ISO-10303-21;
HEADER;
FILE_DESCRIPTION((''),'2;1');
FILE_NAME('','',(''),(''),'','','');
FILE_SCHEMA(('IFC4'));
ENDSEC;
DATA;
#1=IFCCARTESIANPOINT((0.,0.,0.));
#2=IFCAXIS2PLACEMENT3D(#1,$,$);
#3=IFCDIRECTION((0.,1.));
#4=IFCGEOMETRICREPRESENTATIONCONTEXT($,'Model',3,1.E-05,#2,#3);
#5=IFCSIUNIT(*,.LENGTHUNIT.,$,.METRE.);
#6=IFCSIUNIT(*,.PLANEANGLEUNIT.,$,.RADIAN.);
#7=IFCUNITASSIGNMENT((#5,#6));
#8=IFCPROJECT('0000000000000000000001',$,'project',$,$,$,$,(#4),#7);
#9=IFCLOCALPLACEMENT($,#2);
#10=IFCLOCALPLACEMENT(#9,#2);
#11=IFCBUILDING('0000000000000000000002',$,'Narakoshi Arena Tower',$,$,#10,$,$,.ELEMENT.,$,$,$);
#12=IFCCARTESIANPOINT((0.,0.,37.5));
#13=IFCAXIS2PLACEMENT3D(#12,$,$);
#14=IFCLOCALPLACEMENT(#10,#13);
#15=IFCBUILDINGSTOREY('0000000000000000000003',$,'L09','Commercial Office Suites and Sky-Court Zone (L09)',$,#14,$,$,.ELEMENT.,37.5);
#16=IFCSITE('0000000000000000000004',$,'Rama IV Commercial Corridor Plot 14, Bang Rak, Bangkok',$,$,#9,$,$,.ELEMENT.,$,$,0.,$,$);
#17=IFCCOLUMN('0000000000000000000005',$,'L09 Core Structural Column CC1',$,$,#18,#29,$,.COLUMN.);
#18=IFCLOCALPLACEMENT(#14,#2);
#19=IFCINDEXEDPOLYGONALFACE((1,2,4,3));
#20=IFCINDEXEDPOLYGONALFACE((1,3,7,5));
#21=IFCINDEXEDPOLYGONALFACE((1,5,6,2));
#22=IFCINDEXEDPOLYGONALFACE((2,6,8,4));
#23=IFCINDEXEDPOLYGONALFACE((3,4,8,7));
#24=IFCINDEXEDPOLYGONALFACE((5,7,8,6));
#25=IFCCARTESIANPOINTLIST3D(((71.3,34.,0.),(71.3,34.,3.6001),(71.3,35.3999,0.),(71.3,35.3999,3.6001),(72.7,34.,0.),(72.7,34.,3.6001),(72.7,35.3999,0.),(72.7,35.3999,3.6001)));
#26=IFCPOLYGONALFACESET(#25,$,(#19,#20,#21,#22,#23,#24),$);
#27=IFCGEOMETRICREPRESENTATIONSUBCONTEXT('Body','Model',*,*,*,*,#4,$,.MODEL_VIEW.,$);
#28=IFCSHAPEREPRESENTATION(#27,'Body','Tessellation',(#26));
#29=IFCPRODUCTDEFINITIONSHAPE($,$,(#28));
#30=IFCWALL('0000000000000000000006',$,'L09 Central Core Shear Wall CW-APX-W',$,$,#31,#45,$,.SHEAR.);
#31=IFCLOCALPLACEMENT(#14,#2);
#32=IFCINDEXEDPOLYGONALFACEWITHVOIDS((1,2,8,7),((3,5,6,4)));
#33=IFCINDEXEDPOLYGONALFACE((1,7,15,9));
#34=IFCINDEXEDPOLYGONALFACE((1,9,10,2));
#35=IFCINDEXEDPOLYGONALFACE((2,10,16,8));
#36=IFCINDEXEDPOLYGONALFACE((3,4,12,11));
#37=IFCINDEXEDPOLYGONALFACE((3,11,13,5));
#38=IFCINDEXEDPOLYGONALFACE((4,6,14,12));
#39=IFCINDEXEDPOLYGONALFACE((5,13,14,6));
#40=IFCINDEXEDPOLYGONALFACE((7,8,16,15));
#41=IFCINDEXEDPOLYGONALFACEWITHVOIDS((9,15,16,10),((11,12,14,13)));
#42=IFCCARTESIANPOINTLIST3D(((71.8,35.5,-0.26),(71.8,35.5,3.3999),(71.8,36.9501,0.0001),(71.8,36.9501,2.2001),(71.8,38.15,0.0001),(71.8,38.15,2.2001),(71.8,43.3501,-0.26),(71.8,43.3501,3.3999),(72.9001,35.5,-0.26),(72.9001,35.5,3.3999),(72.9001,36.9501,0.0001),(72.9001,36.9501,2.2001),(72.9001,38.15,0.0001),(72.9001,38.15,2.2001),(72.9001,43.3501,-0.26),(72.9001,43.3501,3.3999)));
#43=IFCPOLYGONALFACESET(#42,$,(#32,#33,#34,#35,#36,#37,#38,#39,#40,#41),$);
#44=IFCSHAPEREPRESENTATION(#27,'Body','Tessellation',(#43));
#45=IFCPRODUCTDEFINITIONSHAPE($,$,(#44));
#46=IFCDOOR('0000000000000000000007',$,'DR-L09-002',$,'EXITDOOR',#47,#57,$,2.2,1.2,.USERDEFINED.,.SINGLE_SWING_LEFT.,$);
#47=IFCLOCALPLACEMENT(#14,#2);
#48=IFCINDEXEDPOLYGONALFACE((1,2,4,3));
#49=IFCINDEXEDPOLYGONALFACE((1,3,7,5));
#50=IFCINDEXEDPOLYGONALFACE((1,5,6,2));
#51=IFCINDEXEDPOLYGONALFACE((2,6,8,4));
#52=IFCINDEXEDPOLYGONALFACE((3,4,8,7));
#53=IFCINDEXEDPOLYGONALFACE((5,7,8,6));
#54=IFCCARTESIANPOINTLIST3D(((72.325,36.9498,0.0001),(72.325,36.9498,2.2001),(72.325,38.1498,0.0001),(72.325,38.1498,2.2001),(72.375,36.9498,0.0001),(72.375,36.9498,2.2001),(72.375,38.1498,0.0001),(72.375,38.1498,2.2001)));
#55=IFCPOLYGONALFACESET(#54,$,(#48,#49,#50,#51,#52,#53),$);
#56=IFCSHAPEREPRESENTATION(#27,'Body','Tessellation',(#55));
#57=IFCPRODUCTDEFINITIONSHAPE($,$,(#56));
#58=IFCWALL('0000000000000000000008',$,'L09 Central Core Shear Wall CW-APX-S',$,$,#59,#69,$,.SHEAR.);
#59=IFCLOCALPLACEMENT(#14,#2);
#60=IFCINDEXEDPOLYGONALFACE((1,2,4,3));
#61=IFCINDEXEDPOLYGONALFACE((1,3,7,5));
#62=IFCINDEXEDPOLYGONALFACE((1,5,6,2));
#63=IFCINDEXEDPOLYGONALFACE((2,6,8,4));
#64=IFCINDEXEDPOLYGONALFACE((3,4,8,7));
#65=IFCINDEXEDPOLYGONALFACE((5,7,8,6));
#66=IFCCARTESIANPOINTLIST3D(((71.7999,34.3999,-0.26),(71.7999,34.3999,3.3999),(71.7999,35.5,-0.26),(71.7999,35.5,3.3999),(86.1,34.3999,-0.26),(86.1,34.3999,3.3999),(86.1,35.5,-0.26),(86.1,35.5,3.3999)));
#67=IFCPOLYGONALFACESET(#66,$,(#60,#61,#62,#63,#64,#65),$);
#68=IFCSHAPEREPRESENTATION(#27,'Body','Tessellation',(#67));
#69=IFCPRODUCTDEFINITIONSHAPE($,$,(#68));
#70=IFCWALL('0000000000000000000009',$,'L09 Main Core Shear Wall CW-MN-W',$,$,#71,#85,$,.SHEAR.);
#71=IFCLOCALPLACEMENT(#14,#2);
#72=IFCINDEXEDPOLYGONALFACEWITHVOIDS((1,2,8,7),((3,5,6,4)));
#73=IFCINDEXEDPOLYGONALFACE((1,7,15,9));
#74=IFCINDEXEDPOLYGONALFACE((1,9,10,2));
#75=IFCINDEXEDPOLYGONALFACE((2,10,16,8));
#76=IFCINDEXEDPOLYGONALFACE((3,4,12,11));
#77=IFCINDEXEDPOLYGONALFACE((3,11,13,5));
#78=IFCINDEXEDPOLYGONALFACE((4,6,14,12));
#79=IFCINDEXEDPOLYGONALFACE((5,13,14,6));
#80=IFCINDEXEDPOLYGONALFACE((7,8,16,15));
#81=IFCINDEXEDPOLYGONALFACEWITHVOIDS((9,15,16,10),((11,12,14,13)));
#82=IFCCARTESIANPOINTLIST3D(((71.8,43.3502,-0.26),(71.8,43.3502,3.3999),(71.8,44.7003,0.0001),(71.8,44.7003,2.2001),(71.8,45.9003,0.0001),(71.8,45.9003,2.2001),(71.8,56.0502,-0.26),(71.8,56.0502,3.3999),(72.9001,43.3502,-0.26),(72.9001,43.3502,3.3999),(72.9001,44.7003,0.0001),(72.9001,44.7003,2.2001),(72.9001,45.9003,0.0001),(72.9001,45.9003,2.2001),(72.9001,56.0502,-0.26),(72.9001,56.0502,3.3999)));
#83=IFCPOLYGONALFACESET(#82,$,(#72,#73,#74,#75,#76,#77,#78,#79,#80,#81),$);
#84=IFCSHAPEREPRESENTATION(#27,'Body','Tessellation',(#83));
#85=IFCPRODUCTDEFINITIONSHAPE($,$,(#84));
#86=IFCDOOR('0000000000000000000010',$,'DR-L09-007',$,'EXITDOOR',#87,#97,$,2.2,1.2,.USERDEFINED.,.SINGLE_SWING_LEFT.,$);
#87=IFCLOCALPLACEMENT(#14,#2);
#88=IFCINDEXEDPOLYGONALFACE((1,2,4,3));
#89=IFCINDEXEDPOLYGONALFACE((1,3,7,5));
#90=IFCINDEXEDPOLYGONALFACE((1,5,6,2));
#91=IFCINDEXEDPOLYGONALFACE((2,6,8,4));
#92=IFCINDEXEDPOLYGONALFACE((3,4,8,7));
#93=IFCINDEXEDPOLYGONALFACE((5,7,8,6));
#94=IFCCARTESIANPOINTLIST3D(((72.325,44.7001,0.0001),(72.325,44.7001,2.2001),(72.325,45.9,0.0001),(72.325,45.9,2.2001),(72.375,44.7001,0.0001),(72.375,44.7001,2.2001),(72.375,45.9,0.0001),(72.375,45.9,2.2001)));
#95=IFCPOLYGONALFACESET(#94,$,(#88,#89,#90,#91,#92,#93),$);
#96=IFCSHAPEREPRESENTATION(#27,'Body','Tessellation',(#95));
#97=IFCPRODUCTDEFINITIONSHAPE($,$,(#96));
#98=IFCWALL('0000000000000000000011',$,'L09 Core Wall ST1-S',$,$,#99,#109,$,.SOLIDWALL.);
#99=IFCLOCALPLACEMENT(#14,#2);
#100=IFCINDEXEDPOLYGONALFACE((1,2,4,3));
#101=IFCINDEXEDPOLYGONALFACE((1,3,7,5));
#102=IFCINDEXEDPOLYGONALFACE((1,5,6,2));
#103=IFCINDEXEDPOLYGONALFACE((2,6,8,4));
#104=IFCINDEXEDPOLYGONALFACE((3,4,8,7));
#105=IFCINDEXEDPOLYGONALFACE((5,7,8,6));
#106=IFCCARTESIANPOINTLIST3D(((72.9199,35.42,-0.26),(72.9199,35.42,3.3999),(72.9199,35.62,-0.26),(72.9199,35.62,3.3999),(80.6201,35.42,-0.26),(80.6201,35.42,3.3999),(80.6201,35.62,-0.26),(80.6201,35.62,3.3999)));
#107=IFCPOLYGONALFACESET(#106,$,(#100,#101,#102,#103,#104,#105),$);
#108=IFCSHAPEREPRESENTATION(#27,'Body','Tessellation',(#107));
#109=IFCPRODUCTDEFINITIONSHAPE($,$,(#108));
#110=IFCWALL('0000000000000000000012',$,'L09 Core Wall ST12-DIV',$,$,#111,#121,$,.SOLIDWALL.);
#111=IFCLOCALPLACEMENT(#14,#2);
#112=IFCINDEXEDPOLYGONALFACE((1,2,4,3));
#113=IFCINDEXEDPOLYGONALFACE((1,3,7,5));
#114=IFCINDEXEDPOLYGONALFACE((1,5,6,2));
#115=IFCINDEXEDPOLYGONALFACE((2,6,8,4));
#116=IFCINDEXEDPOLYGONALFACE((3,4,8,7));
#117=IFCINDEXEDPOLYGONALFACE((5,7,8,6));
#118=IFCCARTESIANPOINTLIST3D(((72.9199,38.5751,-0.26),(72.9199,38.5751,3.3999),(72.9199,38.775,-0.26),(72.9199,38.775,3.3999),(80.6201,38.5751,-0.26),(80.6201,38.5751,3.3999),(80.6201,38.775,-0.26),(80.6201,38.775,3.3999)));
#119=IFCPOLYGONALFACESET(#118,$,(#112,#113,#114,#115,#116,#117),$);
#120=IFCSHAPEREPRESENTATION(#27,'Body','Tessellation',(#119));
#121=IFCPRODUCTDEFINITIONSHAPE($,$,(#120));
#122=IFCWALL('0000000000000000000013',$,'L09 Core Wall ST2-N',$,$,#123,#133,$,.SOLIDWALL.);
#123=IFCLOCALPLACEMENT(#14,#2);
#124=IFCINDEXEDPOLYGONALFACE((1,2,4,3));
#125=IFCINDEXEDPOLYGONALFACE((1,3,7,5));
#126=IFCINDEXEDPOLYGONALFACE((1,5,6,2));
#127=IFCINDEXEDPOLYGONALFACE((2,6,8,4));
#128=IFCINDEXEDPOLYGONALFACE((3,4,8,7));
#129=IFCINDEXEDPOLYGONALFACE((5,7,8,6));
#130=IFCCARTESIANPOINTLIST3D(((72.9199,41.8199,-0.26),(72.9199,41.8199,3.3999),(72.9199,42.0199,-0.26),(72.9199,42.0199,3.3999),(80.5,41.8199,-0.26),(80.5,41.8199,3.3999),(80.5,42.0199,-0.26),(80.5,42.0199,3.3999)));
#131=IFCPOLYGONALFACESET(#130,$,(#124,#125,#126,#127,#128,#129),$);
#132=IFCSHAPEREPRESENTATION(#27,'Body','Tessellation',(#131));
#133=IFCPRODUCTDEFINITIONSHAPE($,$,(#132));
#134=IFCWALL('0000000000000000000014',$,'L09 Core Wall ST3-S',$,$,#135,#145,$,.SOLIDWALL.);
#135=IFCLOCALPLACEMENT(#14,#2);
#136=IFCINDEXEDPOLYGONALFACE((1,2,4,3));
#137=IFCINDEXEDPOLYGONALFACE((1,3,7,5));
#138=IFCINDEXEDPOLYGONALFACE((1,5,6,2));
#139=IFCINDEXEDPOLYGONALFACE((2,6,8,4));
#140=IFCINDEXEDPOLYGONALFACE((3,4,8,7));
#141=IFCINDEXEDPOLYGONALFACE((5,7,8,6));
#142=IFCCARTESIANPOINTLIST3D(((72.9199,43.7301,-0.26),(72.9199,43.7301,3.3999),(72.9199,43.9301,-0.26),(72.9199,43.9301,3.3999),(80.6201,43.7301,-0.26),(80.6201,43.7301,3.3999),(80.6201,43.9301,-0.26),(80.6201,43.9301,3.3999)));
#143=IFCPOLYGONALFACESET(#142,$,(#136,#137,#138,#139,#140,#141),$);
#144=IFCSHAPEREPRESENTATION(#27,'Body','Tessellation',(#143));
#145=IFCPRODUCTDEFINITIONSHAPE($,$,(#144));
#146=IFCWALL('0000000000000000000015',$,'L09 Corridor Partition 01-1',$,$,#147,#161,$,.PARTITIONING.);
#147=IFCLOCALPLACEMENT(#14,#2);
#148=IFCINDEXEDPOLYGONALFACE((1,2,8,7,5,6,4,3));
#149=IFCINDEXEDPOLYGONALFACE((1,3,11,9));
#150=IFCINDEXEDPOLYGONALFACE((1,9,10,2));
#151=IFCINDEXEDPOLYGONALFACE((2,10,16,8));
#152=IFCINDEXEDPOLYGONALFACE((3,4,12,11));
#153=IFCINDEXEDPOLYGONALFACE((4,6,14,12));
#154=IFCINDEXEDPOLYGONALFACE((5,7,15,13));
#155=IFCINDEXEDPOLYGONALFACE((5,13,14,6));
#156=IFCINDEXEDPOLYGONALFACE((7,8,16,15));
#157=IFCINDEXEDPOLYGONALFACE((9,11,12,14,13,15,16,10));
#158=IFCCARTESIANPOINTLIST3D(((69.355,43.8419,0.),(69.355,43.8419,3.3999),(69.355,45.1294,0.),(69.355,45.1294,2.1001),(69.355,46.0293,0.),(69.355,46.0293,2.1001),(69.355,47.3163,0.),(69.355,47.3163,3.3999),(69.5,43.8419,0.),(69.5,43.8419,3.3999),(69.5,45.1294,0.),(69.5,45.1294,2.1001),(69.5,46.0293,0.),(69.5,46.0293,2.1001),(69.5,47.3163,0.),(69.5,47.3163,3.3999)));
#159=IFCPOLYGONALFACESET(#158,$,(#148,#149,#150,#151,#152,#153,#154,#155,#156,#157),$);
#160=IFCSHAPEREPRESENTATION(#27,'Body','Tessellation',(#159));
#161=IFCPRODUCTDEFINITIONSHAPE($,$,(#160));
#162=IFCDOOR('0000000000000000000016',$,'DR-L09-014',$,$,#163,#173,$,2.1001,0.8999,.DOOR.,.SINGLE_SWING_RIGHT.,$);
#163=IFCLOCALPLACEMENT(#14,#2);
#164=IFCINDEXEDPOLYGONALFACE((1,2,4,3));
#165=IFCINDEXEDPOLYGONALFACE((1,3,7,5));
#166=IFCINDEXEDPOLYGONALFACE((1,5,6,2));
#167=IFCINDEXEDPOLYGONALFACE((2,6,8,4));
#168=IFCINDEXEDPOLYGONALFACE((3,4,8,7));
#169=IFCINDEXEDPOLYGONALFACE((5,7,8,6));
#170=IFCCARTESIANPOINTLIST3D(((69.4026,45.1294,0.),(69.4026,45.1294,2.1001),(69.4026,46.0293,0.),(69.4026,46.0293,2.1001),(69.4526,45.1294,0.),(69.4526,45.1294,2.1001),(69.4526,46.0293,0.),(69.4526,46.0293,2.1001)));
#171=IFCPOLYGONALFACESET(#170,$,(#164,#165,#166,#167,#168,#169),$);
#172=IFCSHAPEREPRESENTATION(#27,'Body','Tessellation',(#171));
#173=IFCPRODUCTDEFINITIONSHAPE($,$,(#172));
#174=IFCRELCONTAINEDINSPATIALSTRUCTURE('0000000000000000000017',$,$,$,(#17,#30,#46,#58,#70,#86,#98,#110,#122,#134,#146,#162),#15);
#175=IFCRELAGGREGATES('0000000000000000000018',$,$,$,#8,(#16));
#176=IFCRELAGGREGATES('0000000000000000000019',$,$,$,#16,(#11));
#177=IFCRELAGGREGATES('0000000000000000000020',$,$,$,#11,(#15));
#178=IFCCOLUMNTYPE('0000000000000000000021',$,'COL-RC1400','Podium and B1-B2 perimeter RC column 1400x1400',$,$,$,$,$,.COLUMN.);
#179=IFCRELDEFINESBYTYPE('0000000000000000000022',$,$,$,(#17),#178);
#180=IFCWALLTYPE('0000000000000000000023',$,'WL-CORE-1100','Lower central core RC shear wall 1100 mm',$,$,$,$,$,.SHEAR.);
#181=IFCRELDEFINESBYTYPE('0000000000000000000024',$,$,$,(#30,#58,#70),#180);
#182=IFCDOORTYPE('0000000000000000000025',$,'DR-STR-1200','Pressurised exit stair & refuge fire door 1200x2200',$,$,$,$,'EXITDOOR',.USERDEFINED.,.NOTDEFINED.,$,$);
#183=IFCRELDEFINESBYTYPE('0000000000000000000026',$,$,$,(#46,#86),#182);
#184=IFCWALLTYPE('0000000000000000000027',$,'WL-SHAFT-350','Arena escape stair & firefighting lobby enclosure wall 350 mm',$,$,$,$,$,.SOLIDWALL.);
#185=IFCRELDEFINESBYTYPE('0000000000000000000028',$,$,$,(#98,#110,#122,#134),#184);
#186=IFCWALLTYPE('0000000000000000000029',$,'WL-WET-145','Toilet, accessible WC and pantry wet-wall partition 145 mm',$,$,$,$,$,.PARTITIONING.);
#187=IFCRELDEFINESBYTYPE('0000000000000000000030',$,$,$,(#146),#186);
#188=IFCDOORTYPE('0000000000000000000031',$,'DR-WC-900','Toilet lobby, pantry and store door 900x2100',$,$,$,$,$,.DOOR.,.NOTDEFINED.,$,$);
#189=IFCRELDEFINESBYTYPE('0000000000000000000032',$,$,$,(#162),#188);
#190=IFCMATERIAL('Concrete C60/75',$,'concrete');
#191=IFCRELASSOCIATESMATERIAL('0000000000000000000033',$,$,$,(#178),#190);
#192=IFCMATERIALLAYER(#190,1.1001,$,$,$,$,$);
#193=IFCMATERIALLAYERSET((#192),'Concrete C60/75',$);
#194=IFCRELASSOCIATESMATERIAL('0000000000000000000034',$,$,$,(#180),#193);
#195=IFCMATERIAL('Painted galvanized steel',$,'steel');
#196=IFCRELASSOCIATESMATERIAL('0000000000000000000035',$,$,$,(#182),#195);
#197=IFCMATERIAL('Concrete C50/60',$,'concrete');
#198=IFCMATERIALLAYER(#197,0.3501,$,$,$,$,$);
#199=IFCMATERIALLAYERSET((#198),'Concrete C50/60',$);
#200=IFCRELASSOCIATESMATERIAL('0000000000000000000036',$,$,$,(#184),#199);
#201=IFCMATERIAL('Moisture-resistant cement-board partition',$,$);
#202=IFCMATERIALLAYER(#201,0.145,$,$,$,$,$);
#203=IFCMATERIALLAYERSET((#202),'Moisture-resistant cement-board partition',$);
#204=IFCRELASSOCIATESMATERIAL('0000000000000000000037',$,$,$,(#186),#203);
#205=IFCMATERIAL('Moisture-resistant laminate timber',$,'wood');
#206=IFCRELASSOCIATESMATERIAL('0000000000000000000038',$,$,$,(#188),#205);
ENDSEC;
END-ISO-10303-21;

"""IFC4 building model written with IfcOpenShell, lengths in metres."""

from ifc_helpers import new_model, si_unit, direction, frame, frame_2d, origin, origin_2d, place, context, subcontext, project, spatial, rectangle, extrude, material, layer, layer_set, material_profile, profile_set, type_object, element, fill, save


model = new_model("IFC4")

# Units and contexts
model_context = context("Model", 3, precision=1e-05, world=origin(), true_north=direction((0.0, 1.0)))
body_context = subcontext(model_context, "Body", "Model", "MODEL_VIEW")
ifc_project = project(units=[si_unit("LENGTHUNIT", "METRE"), si_unit("PLANEANGLEUNIT", "RADIAN")], contexts=[model_context])

# Site, building, storey
site_placement = place(None, origin())
site = spatial("IfcSite", under=ifc_project, at=site_placement, Name="Rama IV Commercial Corridor Plot 14, Bang Rak, Bangkok", CompositionType="ELEMENT", RefElevation=0.0)
building_placement = place(site_placement, origin())
building = spatial("IfcBuilding", under=site, at=building_placement, Name="Narakoshi Arena Tower", CompositionType="ELEMENT")
storey_placement = place(building_placement, frame((0.0, 0.0, 37.5)))
storey = spatial("IfcBuildingStorey", under=building, at=storey_placement, Name="L09", Description="Commercial Office Suites and Sky-Court Zone (L09)", CompositionType="ELEMENT", Elevation=37.5)

# Column
ifc_material_1 = material(Name="Concrete C60/75", Category="concrete")
ifc_material_profile = material_profile(ifc_material_1, rectangle(XDim=1.3999, YDim=1.3999, at=origin_2d()), Name="RC1400x1400")
ifc_profile_set = profile_set([ifc_material_profile], Name="Concrete C60/75")
column_type = type_object("IfcColumnType", Name="COL-RC1400", Description="Podium and B1-B2 perimeter RC column 1400x1400", PredefinedType="COLUMN", material=ifc_profile_set)
column_placement = place(storey_placement, frame((72.0, 34.7, 0.0), z_axis=(0.0, 0.0, 1.0), x_axis=(1.0, 0.0, 0.0)))
element("IfcColumn", 1, at=column_placement, inside=storey, type_object=column_type, Name="L09 Core Structural Column CC1", PredefinedType="COLUMN", context=body_context, shape_type="SweptSolid", body=[
    extrude(rectangle(XDim=1.3999, YDim=1.3999, at=origin_2d()), origin(), (0.0, 0.0, 1.0), 3.6001),
])

# Wall, opening, door
ifc_layer_1 = layer(ifc_material_1, 1.1001)
ifc_layer_set_1 = layer_set([ifc_layer_1], Name="Concrete C60/75")
wall_type_1 = type_object("IfcWallType", Name="WL-CORE-1100", Description="Lower central core RC shear wall 1100 mm", PredefinedType="SHEAR", material=ifc_layer_set_1)
wall_1_placement = place(storey_placement, frame((72.3501, 35.5, -0.26), z_axis=(0.0, 0.0, 1.0), x_axis=(0.0, 1.0, 0.0)))
wall_1 = element("IfcWall", 2, at=wall_1_placement, inside=storey, type_object=wall_type_1, Name="L09 Central Core Shear Wall CW-APX-W", PredefinedType="SHEAR", context=body_context, shape_type="SweptSolid", body=[
    extrude(rectangle(XDim=7.8501, YDim=1.1001, at=frame_2d((3.925, 0.0))), origin(), (0.0, 0.0, 1.0), 3.6599),
])
opening_1_placement = place(wall_1_placement, frame((1.45, 0.0, 0.26)))
opening_1 = element("IfcOpeningElement", 3, at=opening_1_placement, cuts=wall_1, PredefinedType="OPENING", context=body_context, shape_type="SweptSolid", body=[
    extrude(rectangle(XDim=1.2, YDim=2.2, at=frame_2d((0.6001, 1.1001))), frame((0.0, 0.5601, 0.0), z_axis=(0.0, -1.0, 0.0), x_axis=(1.0, 0.0, 0.0)), (0.0, 0.0, 1.0), 1.1201),
])
ifc_material_2 = material(Name="Painted galvanized steel", Category="steel")
door_type_1 = type_object("IfcDoorType", Name="DR-STR-1200", Description="Pressurised exit stair & refuge fire door 1200x2200", ElementType="EXITDOOR", OperationType="NOTDEFINED", PredefinedType="USERDEFINED", material=ifc_material_2)
door_1_placement = place(opening_1_placement, frame((1.2, 0.0, 0.0), z_axis=(0.0, 0.0, 1.0), x_axis=(-1.0, 0.0, 0.0)))
door_1 = element("IfcDoor", 4, at=door_1_placement, inside=storey, type_object=door_type_1, Name="DR-L09-002", ObjectType="EXITDOOR", OperationType="SINGLE_SWING_LEFT", OverallHeight=2.2, OverallWidth=1.2, PredefinedType="USERDEFINED", context=body_context, shape_type="SweptSolid", body=[
    extrude(rectangle(XDim=1.2, YDim=2.2, at=frame_2d((0.6001, 1.1001))), frame((0.0, 0.0249, 0.0), z_axis=(0.0, -1.0, 0.0), x_axis=(1.0, 0.0, 0.0)), (0.0, 0.0, 1.0), 0.05),
])
fill(opening_1, door_1)

# Wall
wall_2_placement = place(storey_placement, frame((71.8, 34.95, -0.26), z_axis=(0.0, 0.0, 1.0), x_axis=(1.0, 0.0, 0.0)))
element("IfcWall", 5, at=wall_2_placement, inside=storey, type_object=wall_type_1, Name="L09 Central Core Shear Wall CW-APX-S", PredefinedType="SHEAR", context=body_context, shape_type="SweptSolid", body=[
    extrude(rectangle(XDim=14.3, YDim=1.1001, at=frame_2d((7.1499, 0.0))), origin(), (0.0, 0.0, 1.0), 3.6599),
])

# Wall, opening, door
wall_3_placement = place(storey_placement, frame((72.3501, 43.3501, -0.26), z_axis=(0.0, 0.0, 1.0), x_axis=(0.0, 1.0, 0.0)))
wall_3 = element("IfcWall", 6, at=wall_3_placement, inside=storey, type_object=wall_type_1, Name="L09 Main Core Shear Wall CW-MN-W", PredefinedType="SHEAR", context=body_context, shape_type="SweptSolid", body=[
    extrude(rectangle(XDim=12.7, YDim=1.1001, at=frame_2d((6.3501, 0.0))), origin(), (0.0, 0.0, 1.0), 3.6599),
])
opening_2_placement = place(wall_3_placement, frame((1.3501, 0.0, 0.26)))
opening_2 = element("IfcOpeningElement", 7, at=opening_2_placement, cuts=wall_3, PredefinedType="OPENING", context=body_context, shape_type="SweptSolid", body=[
    extrude(rectangle(XDim=1.2, YDim=2.2, at=frame_2d((0.6001, 1.1001))), frame((0.0, 0.5601, 0.0), z_axis=(0.0, -1.0, 0.0), x_axis=(1.0, 0.0, 0.0)), (0.0, 0.0, 1.0), 1.1201),
])
door_2_placement = place(opening_2_placement, frame((1.2, 0.0, 0.0), z_axis=(0.0, 0.0, 1.0), x_axis=(-1.0, 0.0, 0.0)))
door_2 = element("IfcDoor", 8, at=door_2_placement, inside=storey, type_object=door_type_1, Name="DR-L09-007", ObjectType="EXITDOOR", OperationType="SINGLE_SWING_LEFT", OverallHeight=2.2, OverallWidth=1.2, PredefinedType="USERDEFINED", context=body_context, shape_type="SweptSolid", body=[
    extrude(rectangle(XDim=1.2, YDim=2.2, at=frame_2d((0.6001, 1.1001))), frame((0.0, 0.0249, 0.0), z_axis=(0.0, -1.0, 0.0), x_axis=(1.0, 0.0, 0.0)), (0.0, 0.0, 1.0), 0.05),
])
fill(opening_2, door_2)

# Walls
ifc_material_3 = material(Name="Concrete C50/60", Category="concrete")
ifc_layer_2 = layer(ifc_material_3, 0.3501)
ifc_layer_set_2 = layer_set([ifc_layer_2], Name="Concrete C50/60")
wall_type_2 = type_object("IfcWallType", Name="WL-SHAFT-350", Description="Arena escape stair & firefighting lobby enclosure wall 350 mm", PredefinedType="SOLIDWALL", material=ifc_layer_set_2)
for number, where, z_axis, x_axis, name in (
    (9, (72.9199, 35.52, -0.26), (0.0, 0.0, 1.0), (1.0, 0.0, 0.0), "L09 Core Wall ST1-S"),
    (10, (72.9199, 38.675, -0.26), (0.0, 0.0, 1.0), (1.0, 0.0, 0.0), "L09 Core Wall ST12-DIV"),
):
    element("IfcWall", number, at=place(storey_placement, frame(where, z_axis=z_axis, x_axis=x_axis)), inside=storey, type_object=wall_type_2, Name=name, PredefinedType="SOLIDWALL", context=body_context, shape_type="SweptSolid", body=[
        extrude(rectangle(XDim=7.7002, YDim=0.2, at=frame_2d((3.8501, 0.0))), origin(), (0.0, 0.0, 1.0), 3.6599),
    ])
wall_4_placement = place(storey_placement, frame((72.9199, 41.9199, -0.26), z_axis=(0.0, 0.0, 1.0), x_axis=(1.0, 0.0, 0.0)))
element("IfcWall", 11, at=wall_4_placement, inside=storey, type_object=wall_type_2, Name="L09 Core Wall ST2-N", PredefinedType="SOLIDWALL", context=body_context, shape_type="SweptSolid", body=[
    extrude(rectangle(XDim=7.5801, YDim=0.2, at=frame_2d((3.79, 0.0))), origin(), (0.0, 0.0, 1.0), 3.6599),
])
wall_5_placement = place(storey_placement, frame((72.9199, 43.8301, -0.26), z_axis=(0.0, 0.0, 1.0), x_axis=(1.0, 0.0, 0.0)))
element("IfcWall", 12, at=wall_5_placement, inside=storey, type_object=wall_type_2, Name="L09 Core Wall ST3-S", PredefinedType="SOLIDWALL", context=body_context, shape_type="SweptSolid", body=[
    extrude(rectangle(XDim=7.7002, YDim=0.2, at=frame_2d((3.8501, 0.0))), origin(), (0.0, 0.0, 1.0), 3.6599),
])

# Wall, opening, door
ifc_material_4 = material(Name="Moisture-resistant cement-board partition")
ifc_layer_3 = layer(ifc_material_4, 0.145)
ifc_layer_set_3 = layer_set([ifc_layer_3], Name="Moisture-resistant cement-board partition")
wall_type_3 = type_object("IfcWallType", Name="WL-WET-145", Description="Toilet, accessible WC and pantry wet-wall partition 145 mm", PredefinedType="PARTITIONING", material=ifc_layer_set_3)
wall_6_placement = place(storey_placement, frame((69.4275, 47.3164, 0.0), z_axis=(0.0, 0.0, 1.0), x_axis=(0.0, -1.0, 0.0)))
wall_6 = element("IfcWall", 13, at=wall_6_placement, inside=storey, type_object=wall_type_3, Name="L09 Corridor Partition 01-1", PredefinedType="PARTITIONING", context=body_context, shape_type="SweptSolid", body=[
    extrude(rectangle(XDim=3.4744, YDim=0.145, at=frame_2d((1.7373, 0.0))), origin(), (0.0, 0.0, 1.0), 3.3999),
])
opening_3_placement = place(wall_6_placement, frame((1.2871, 0.0, 0.0)))
opening_3 = element("IfcOpeningElement", 14, at=opening_3_placement, cuts=wall_6, PredefinedType="OPENING", context=body_context, shape_type="SweptSolid", body=[
    extrude(rectangle(XDim=0.8999, YDim=2.1001, at=frame_2d((0.45, 1.05))), frame((0.0, 0.0825, 0.0), z_axis=(0.0, -1.0, 0.0), x_axis=(1.0, 0.0, 0.0)), (0.0, 0.0, 1.0), 0.165),
])
ifc_material_5 = material(Name="Moisture-resistant laminate timber", Category="wood")
door_type_2 = type_object("IfcDoorType", Name="DR-WC-900", Description="Toilet lobby, pantry and store door 900x2100", OperationType="NOTDEFINED", PredefinedType="DOOR", material=ifc_material_5)
door_3_placement = place(opening_3_placement, frame((0.8999, 0.0, 0.0), z_axis=(0.0, 0.0, 1.0), x_axis=(-1.0, 0.0, 0.0)))
door_3 = element("IfcDoor", 15, at=door_3_placement, inside=storey, type_object=door_type_2, Name="DR-L09-014", OperationType="SINGLE_SWING_RIGHT", OverallHeight=2.1001, OverallWidth=0.8999, PredefinedType="DOOR", context=body_context, shape_type="SweptSolid", body=[
    extrude(rectangle(XDim=0.8999, YDim=2.1001, at=frame_2d((0.45, 1.05))), frame((0.0, 0.0249, 0.0), z_axis=(0.0, -1.0, 0.0), x_axis=(1.0, 0.0, 0.0)), (0.0, 0.0, 1.0), 0.05),
])
fill(opening_3, door_3)

save(model, "model.ifc")
